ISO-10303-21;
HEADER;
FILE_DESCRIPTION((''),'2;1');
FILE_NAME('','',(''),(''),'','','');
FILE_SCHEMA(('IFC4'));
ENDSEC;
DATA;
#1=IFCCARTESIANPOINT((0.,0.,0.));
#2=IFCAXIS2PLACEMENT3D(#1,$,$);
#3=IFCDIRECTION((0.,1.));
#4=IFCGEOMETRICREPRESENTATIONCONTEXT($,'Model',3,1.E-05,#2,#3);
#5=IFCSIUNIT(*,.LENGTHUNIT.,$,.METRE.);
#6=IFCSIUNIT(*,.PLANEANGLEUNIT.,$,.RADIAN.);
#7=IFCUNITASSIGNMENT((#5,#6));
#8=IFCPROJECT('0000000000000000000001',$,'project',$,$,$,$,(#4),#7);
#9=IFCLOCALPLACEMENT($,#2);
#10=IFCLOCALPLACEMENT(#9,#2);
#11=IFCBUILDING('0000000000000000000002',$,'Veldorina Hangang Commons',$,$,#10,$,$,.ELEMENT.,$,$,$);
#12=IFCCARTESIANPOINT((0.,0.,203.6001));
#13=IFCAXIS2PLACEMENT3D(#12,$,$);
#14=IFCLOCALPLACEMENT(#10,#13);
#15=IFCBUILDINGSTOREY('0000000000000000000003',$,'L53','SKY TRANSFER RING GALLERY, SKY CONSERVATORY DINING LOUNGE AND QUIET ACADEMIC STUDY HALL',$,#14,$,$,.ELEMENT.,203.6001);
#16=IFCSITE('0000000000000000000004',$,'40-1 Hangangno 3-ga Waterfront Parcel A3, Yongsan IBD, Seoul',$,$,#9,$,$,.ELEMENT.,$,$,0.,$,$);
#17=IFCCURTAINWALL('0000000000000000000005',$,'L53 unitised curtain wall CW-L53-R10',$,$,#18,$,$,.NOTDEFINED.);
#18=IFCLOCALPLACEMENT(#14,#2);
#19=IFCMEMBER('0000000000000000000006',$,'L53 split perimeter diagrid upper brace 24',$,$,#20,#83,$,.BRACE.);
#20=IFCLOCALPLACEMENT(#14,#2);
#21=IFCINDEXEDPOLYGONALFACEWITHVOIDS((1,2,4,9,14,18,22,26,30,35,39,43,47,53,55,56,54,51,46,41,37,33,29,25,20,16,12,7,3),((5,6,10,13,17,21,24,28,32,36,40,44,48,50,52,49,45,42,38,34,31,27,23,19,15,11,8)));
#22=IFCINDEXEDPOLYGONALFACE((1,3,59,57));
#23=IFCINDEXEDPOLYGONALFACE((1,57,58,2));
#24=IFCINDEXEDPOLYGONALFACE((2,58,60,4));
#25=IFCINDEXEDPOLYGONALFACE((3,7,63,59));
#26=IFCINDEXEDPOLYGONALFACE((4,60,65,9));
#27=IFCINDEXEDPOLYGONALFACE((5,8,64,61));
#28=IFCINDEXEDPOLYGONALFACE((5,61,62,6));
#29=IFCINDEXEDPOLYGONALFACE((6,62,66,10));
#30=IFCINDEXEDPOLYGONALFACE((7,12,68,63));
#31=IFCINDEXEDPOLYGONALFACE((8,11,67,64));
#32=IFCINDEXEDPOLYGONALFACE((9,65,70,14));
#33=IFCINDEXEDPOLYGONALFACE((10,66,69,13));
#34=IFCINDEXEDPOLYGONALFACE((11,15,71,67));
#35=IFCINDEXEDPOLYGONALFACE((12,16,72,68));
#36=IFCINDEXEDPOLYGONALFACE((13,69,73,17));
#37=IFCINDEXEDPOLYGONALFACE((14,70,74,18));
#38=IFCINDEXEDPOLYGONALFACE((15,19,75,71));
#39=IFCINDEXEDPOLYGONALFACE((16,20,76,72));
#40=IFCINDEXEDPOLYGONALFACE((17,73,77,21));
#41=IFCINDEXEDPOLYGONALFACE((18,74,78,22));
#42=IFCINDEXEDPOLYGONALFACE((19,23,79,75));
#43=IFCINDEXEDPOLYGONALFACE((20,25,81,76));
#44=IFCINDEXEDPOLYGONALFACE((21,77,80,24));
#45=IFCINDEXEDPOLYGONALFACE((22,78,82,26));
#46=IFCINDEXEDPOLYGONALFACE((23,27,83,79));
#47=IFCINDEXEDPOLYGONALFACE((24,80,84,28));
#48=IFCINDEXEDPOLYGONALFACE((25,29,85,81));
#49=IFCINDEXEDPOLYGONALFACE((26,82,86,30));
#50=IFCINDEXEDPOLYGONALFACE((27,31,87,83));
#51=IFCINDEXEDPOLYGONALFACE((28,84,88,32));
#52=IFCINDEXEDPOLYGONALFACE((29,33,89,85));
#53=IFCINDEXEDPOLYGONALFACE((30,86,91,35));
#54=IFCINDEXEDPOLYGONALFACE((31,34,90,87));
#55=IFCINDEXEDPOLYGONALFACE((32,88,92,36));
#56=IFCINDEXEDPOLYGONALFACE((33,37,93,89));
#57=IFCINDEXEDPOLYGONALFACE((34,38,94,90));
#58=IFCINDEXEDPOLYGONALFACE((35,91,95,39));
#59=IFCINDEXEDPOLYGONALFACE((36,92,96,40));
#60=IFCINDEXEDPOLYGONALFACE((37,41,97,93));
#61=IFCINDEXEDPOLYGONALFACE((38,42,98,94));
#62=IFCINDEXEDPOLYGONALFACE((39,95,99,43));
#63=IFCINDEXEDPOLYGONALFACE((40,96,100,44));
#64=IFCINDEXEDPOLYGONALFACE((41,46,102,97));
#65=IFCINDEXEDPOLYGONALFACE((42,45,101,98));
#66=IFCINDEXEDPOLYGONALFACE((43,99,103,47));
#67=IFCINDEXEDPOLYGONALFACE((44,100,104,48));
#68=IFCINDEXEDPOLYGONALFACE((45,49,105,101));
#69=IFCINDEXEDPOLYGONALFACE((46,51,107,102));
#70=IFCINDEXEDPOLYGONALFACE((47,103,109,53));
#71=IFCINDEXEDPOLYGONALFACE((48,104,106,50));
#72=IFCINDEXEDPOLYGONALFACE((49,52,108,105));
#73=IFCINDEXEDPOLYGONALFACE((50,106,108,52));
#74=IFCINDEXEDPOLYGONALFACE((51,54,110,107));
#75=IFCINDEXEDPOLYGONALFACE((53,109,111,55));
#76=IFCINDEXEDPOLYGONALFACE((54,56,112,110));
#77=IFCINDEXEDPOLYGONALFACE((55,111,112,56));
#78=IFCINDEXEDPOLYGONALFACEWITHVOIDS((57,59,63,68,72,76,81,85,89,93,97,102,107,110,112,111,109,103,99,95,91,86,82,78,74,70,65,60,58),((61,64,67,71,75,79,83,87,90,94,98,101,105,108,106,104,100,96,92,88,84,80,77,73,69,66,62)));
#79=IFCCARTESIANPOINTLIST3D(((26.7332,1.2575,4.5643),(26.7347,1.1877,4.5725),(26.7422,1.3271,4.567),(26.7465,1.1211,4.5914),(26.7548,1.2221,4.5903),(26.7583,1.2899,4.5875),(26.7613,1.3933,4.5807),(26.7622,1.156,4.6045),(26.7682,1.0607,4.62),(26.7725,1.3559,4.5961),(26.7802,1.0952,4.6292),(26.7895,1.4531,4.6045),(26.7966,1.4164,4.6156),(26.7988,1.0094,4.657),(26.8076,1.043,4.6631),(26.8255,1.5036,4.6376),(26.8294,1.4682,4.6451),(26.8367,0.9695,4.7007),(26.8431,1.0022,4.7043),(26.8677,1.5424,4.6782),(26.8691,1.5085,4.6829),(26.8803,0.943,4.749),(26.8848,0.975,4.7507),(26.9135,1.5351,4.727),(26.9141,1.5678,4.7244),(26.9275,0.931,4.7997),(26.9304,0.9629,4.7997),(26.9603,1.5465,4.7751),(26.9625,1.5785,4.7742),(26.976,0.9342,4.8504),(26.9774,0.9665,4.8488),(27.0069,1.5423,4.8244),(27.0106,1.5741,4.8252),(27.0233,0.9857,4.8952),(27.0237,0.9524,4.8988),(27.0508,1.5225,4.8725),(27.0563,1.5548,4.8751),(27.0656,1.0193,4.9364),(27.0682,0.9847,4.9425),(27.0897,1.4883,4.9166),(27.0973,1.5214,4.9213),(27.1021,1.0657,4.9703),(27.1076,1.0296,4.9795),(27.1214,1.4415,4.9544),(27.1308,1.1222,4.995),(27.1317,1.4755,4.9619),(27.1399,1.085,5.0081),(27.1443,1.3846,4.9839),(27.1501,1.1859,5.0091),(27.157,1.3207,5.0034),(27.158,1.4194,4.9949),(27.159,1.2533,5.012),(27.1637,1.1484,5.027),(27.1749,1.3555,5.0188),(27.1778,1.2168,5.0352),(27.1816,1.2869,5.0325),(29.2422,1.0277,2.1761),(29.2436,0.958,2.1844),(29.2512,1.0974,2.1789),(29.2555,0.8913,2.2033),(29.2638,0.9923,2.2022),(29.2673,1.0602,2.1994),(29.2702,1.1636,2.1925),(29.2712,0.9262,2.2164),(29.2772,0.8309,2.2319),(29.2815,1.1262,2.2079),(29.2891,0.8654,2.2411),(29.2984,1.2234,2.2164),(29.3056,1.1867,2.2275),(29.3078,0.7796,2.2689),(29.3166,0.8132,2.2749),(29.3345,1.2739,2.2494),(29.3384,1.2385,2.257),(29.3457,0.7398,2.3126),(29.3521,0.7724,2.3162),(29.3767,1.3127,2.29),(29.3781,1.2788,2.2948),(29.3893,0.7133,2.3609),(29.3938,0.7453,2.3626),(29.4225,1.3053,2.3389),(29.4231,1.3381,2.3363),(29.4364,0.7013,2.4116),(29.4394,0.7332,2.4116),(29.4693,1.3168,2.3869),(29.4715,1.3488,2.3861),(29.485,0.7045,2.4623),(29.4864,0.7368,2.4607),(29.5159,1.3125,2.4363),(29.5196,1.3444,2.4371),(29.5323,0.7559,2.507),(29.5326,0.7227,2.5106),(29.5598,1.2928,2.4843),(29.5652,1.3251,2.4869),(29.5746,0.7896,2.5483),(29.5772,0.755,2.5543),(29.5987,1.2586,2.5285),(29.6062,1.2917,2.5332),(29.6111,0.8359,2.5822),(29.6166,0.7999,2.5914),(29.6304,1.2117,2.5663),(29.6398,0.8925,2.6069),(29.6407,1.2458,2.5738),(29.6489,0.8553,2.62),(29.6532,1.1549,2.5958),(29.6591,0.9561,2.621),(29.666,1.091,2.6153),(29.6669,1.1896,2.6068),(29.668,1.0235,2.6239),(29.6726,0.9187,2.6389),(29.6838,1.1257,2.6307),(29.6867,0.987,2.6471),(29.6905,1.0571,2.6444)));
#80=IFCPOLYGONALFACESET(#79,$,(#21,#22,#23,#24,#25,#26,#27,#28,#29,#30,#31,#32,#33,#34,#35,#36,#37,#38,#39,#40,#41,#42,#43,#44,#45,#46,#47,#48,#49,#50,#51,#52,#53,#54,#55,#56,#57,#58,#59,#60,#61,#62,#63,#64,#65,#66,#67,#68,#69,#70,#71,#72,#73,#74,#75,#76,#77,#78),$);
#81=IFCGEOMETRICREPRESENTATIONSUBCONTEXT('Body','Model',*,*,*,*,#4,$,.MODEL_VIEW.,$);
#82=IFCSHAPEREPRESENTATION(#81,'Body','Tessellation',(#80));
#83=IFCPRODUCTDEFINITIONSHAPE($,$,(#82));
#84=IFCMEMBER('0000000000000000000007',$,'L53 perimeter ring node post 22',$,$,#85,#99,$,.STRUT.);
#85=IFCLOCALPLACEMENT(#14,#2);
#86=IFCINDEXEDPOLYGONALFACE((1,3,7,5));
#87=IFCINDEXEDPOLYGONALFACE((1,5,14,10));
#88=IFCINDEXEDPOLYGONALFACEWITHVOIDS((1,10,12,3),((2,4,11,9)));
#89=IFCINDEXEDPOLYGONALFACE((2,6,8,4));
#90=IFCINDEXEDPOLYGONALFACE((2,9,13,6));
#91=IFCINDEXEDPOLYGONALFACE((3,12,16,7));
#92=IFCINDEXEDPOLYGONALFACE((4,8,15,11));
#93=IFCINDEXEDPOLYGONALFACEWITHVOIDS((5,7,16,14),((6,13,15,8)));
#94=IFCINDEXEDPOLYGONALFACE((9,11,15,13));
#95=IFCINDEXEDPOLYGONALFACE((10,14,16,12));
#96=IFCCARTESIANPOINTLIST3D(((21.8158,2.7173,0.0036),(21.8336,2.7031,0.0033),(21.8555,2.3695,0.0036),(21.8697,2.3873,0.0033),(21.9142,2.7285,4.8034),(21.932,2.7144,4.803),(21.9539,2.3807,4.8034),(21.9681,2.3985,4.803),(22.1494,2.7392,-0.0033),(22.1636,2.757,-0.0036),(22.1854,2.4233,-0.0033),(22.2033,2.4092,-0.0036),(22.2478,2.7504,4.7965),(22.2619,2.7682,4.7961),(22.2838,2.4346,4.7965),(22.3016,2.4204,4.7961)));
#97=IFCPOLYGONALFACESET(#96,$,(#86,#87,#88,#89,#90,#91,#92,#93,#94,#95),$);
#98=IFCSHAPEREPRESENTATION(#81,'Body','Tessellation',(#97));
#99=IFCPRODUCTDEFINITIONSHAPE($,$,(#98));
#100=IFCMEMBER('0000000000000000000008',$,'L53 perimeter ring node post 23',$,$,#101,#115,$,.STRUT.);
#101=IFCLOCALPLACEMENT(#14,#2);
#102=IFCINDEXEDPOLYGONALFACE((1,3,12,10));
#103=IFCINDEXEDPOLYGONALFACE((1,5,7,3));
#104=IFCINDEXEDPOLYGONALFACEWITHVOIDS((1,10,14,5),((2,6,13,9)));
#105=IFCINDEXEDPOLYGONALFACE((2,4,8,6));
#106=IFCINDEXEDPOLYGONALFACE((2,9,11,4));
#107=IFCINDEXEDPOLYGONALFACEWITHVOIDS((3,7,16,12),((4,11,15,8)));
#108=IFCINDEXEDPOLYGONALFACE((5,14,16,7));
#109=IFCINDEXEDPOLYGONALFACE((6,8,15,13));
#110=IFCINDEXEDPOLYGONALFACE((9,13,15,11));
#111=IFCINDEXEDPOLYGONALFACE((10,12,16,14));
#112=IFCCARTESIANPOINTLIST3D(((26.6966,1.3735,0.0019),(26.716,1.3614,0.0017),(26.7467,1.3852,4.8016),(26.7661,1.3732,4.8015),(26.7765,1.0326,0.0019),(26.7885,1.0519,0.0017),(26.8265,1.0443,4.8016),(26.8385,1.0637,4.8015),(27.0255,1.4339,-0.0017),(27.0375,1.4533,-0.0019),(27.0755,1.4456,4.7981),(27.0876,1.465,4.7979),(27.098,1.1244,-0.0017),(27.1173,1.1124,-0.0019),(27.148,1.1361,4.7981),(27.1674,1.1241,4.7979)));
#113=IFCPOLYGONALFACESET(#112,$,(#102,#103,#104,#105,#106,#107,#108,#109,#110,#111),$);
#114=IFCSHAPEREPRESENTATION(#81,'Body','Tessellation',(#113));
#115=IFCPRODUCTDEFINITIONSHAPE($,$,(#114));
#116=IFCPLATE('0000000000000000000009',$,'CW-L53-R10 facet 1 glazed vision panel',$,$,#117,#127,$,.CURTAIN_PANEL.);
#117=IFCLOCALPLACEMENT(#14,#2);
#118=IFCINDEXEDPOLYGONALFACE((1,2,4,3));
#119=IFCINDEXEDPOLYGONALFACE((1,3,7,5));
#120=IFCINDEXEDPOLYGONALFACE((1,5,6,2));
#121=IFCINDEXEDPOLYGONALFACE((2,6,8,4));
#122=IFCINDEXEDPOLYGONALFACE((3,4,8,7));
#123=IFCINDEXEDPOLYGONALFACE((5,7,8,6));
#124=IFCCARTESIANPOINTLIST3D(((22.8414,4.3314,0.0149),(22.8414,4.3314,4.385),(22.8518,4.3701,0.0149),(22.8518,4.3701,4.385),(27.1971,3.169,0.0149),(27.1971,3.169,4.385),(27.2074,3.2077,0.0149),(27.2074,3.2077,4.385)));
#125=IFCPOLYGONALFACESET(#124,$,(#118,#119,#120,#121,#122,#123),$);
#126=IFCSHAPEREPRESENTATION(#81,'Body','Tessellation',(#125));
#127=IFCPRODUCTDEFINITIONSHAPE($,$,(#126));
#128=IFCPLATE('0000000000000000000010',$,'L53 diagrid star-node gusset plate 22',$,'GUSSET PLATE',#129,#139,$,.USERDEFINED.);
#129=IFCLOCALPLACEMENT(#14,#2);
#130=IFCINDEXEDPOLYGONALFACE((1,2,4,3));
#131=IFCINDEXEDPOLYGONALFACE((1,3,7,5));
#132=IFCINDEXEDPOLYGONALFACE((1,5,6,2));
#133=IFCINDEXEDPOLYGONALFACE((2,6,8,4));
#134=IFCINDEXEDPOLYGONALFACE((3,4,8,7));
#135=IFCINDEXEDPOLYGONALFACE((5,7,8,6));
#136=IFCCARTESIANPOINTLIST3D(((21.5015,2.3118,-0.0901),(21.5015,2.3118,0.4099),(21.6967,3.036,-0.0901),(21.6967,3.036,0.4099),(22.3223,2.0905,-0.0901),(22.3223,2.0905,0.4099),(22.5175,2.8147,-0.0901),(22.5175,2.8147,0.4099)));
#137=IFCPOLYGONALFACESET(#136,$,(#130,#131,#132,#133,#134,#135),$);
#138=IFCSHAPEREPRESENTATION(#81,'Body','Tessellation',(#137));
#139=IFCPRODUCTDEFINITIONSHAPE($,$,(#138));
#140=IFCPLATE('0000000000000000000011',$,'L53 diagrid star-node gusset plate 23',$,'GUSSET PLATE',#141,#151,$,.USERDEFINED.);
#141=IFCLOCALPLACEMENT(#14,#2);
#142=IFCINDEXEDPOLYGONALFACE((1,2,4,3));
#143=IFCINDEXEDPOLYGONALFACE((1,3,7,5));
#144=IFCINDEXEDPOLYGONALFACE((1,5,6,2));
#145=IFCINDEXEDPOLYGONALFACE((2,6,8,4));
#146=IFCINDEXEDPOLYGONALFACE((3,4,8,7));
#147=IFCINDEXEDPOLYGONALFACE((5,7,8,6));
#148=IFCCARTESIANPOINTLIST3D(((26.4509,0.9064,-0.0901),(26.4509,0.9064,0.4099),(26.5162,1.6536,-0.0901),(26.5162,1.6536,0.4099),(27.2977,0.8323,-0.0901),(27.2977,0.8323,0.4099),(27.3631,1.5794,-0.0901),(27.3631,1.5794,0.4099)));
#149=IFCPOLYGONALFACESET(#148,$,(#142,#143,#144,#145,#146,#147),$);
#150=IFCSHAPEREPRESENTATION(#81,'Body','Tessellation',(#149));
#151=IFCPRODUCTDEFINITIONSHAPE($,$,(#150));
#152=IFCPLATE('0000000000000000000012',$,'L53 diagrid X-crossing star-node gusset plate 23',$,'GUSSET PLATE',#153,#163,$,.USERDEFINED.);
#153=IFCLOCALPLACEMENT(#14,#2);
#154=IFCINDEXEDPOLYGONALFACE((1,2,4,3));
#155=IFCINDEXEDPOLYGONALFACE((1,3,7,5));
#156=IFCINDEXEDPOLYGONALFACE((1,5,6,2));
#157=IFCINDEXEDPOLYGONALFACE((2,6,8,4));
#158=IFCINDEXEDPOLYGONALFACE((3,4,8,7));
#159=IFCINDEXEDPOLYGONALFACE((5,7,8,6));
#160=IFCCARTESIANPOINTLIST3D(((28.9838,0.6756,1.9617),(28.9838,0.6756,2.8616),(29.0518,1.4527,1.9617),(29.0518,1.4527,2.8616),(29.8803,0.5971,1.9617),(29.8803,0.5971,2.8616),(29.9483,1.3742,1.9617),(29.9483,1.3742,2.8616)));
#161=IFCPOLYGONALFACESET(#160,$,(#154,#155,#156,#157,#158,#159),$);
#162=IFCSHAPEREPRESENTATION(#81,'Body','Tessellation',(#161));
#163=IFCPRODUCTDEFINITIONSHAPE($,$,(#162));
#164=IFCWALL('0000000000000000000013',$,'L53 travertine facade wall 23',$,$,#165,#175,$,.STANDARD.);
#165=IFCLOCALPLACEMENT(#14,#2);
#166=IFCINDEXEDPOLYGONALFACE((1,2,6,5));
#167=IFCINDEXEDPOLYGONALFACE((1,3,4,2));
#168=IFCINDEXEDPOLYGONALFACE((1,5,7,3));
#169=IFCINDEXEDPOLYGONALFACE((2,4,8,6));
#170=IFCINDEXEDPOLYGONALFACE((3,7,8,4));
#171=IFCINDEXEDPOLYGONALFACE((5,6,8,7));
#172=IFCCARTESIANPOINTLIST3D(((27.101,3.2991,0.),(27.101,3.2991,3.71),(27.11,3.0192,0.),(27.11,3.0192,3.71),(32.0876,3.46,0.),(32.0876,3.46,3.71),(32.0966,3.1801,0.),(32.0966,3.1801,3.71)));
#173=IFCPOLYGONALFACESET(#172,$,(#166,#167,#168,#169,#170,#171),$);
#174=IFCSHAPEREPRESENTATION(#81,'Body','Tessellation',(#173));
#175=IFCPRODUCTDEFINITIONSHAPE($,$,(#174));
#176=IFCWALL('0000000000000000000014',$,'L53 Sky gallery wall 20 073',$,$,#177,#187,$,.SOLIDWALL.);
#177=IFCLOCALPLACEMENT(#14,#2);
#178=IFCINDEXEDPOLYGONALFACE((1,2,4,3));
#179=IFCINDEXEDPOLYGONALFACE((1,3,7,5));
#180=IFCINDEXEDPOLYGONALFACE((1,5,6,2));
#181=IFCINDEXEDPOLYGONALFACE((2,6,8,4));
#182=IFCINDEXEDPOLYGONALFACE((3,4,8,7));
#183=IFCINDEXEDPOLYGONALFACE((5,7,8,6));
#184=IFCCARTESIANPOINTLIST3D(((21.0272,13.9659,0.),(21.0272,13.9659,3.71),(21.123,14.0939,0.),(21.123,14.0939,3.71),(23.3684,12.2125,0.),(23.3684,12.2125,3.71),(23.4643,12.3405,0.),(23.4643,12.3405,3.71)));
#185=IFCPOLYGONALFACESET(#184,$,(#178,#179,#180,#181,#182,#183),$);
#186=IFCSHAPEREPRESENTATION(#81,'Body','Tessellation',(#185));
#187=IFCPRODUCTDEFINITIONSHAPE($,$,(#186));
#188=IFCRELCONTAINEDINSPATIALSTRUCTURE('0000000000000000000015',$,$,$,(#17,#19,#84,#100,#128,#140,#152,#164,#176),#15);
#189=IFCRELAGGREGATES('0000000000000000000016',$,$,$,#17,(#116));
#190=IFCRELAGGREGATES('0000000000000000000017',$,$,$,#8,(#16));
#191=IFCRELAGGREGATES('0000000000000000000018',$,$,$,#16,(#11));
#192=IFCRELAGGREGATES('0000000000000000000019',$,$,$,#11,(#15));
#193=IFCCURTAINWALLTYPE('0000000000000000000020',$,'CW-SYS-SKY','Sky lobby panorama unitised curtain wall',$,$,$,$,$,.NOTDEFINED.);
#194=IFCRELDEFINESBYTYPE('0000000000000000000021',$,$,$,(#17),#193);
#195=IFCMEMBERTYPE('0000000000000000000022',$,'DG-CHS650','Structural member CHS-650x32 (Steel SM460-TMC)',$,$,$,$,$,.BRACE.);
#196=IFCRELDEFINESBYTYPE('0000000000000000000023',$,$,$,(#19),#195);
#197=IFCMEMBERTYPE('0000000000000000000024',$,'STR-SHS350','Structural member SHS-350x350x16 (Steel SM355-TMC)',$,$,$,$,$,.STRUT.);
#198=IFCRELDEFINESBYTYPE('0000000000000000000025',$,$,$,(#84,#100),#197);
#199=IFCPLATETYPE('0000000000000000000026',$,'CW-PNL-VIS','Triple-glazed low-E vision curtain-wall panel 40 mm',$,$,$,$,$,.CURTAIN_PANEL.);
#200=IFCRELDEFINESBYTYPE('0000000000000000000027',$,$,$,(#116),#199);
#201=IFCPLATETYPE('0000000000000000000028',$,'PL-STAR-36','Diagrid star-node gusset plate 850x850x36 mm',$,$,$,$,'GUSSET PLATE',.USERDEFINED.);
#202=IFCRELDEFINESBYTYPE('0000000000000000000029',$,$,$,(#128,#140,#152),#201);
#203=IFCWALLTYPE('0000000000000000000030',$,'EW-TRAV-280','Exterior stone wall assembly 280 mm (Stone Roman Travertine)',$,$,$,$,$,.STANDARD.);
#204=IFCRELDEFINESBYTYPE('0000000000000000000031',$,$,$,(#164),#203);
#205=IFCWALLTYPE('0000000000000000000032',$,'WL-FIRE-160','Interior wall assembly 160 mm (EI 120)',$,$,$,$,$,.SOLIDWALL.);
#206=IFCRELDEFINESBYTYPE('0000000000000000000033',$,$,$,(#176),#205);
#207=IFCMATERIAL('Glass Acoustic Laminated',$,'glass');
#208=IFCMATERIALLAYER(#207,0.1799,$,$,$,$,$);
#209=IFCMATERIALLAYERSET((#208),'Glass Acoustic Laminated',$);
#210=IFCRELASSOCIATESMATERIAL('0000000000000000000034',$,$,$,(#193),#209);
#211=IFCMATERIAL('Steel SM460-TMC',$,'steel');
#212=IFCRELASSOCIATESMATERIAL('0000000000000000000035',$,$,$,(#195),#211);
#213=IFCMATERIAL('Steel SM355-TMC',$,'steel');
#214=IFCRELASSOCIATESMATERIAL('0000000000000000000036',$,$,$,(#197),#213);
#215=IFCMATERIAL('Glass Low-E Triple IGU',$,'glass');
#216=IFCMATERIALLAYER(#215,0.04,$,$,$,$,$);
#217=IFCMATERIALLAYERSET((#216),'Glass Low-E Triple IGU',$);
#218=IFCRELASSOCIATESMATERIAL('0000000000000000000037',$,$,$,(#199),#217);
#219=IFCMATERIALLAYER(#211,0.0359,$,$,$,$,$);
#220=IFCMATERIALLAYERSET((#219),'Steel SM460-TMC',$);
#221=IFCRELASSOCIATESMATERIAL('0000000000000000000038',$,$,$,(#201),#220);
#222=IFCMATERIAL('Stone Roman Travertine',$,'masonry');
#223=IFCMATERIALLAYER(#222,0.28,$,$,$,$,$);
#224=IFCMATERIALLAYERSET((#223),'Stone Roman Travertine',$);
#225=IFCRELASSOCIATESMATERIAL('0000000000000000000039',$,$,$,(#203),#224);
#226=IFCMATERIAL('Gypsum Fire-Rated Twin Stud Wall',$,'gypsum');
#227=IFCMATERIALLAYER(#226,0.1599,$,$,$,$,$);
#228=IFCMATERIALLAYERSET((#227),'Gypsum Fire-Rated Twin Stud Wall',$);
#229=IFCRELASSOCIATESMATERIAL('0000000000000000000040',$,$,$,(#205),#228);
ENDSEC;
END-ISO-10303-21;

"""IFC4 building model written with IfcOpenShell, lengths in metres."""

from ifc_helpers import new_model, si_unit, direction, frame, frame_2d, origin, origin_2d, place, context, subcontext, project, spatial, rectangle, hollow_rectangle, hollow_circle, extrude, material, layer, layer_set, material_profile, profile_set, type_object, element, aggregate, save


model = new_model("IFC4")

# Units and contexts
model_context = context("Model", 3, precision=1e-05, world=origin(), true_north=direction((0.0, 1.0)))
body_context = subcontext(model_context, "Body", "Model", "MODEL_VIEW")
ifc_project = project(units=[si_unit("LENGTHUNIT", "METRE"), si_unit("PLANEANGLEUNIT", "RADIAN")], contexts=[model_context])

# Site, building, storey
site_placement = place(None, origin())
site = spatial("IfcSite", under=ifc_project, at=site_placement, Name="40-1 Hangangno 3-ga Waterfront Parcel A3, Yongsan IBD, Seoul", CompositionType="ELEMENT", RefElevation=0.0)
building_placement = place(site_placement, origin())
building = spatial("IfcBuilding", under=site, at=building_placement, Name="Veldorina Hangang Commons", CompositionType="ELEMENT")
storey_placement = place(building_placement, frame((0.0, 0.0, 203.6001)))
storey = spatial("IfcBuildingStorey", under=building, at=storey_placement, Name="L53", Description="SKY TRANSFER RING GALLERY, SKY CONSERVATORY DINING LOUNGE AND QUIET ACADEMIC STUDY HALL", CompositionType="ELEMENT", Elevation=203.6001)

# Curtain wall
ifc_material_1 = material(Name="Glass Acoustic Laminated", Category="glass")
ifc_layer_1 = layer(ifc_material_1, 0.1799)
ifc_layer_set_1 = layer_set([ifc_layer_1], Name="Glass Acoustic Laminated")
curtain_wall_type = type_object("IfcCurtainWallType", Name="CW-SYS-SKY", Description="Sky lobby panorama unitised curtain wall", PredefinedType="NOTDEFINED", material=ifc_layer_set_1)
curtain_wall_placement = place(storey_placement, origin())
curtain_wall = element("IfcCurtainWall", 1, at=curtain_wall_placement, inside=storey, type_object=curtain_wall_type, Name="L53 unitised curtain wall CW-L53-R10", PredefinedType="NOTDEFINED")

# Members
ifc_material_2 = material(Name="Steel SM460-TMC", Category="steel")
ifc_material_profile_1 = material_profile(ifc_material_2, hollow_circle(Radius=0.325, WallThickness=0.032, at=origin_2d()), Name="CHS-650x32")
ifc_profile_set_1 = profile_set([ifc_material_profile_1], Name="Steel SM460-TMC")
member_type_1 = type_object("IfcMemberType", Name="DG-CHS650", Description="Structural member CHS-650x32 (Steel SM460-TMC)", PredefinedType="BRACE", material=ifc_profile_set_1)
member_1_placement = place(storey_placement, frame((29.4661, 1.0249, 2.4116), z_axis=(-0.722748, 0.066177, 0.687936), x_axis=(-0.091182, -0.995834, 0.0)))
element("IfcMember", 2, at=member_1_placement, inside=storey, type_object=member_type_1, Name="L53 split perimeter diagrid upper brace 24", PredefinedType="BRACE", context=body_context, shape_type="SweptSolid", body=[
    extrude(hollow_circle(Radius=0.325, WallThickness=0.032, at=origin_2d()), origin(), (0.0, 0.0, 1.0), 3.4714),
])
ifc_material_3 = material(Name="Steel SM355-TMC", Category="steel")
ifc_material_profile_2 = material_profile(ifc_material_3, hollow_rectangle(XDim=0.3501, YDim=0.3501, WallThickness=0.0161, at=origin_2d()), Name="SHS-350x350x16")
ifc_profile_set_2 = profile_set([ifc_material_profile_2], Name="Steel SM355-TMC")
member_type_2 = type_object("IfcMemberType", Name="STR-SHS350", Description="Structural member SHS-350x350x16 (Steel SM355-TMC)", PredefinedType="STRUT", material=ifc_profile_set_2)
member_2_placement = place(storey_placement, frame((22.0095, 2.5632, 0.0), z_axis=(0.020494, 0.002339, 0.999787), x_axis=(-0.113408, 0.993549, 0.0)))
element("IfcMember", 3, at=member_2_placement, inside=storey, type_object=member_type_2, Name="L53 perimeter ring node post 22", PredefinedType="STRUT", context=body_context, shape_type="SweptSolid", body=[
    extrude(hollow_rectangle(XDim=0.3501, YDim=0.3501, WallThickness=0.0161, at=origin_2d()), origin(), (0.0, 0.0, 1.0), 4.8008),
])
member_3_placement = place(storey_placement, frame((26.907, 1.2429, 0.0), z_axis=(0.010427, 0.002441, 0.999943), x_axis=(-0.22798, 0.973666, 0.0)))
element("IfcMember", 4, at=member_3_placement, inside=storey, type_object=member_type_2, Name="L53 perimeter ring node post 23", PredefinedType="STRUT", context=body_context, shape_type="SweptSolid", body=[
    extrude(hollow_rectangle(XDim=0.3501, YDim=0.3501, WallThickness=0.0161, at=origin_2d()), origin(), (0.0, 0.0, 1.0), 4.8),
])

# Plate
ifc_material_4 = material(Name="Glass Low-E Triple IGU", Category="glass")
ifc_layer_2 = layer(ifc_material_4, 0.04)
ifc_layer_set_2 = layer_set([ifc_layer_2], Name="Glass Low-E Triple IGU")
plate_type_1 = type_object("IfcPlateType", Name="CW-PNL-VIS", Description="Triple-glazed low-E vision curtain-wall panel 40 mm", PredefinedType="CURTAIN_PANEL", material=ifc_layer_set_2)
plate_1_placement = place(storey_placement, frame((25.0244, 3.7695, 0.0149), z_axis=(0.0, 0.0, 1.0), x_axis=(0.966187, -0.257841, 0.0)))
plate_1 = element("IfcPlate", 5, at=plate_1_placement, type_object=plate_type_1, Name="CW-L53-R10 facet 1 glazed vision panel", PredefinedType="CURTAIN_PANEL", context=body_context, shape_type="SweptSolid", body=[
    extrude(rectangle(XDim=4.5081, YDim=0.04, at=origin_2d()), origin(), (0.0, 0.0, 1.0), 4.3701),
])
aggregate(curtain_wall, [plate_1])

# Plates
ifc_layer_3 = layer(ifc_material_2, 0.0359)
ifc_layer_set_3 = layer_set([ifc_layer_3], Name="Steel SM460-TMC")
plate_type_2 = type_object("IfcPlateType", Name="PL-STAR-36", Description="Diagrid star-node gusset plate 850x850x36 mm", ElementType="GUSSET PLATE", PredefinedType="USERDEFINED", material=ifc_layer_set_3)
for number, where, z_axis, x_axis, name in (
    (6, (22.0095, 2.5632, -0.0901), (0.0, 0.0, 1.0), (0.965523, -0.260319, 0.0), "L53 diagrid star-node gusset plate 22"),
    (7, (26.907, 1.2429, -0.0901), (0.0, 0.0, 1.0), (0.996192, -0.087191, 0.0), "L53 diagrid star-node gusset plate 23"),
):
    element("IfcPlate", number, at=place(storey_placement, frame(where, z_axis=z_axis, x_axis=x_axis)), inside=storey, type_object=plate_type_2, Name=name, ObjectType="GUSSET PLATE", PredefinedType="USERDEFINED", context=body_context, shape_type="SweptSolid", body=[
        extrude(rectangle(XDim=0.8501, YDim=0.75, at=origin_2d()), origin(), (0.0, 0.0, 1.0), 0.5),
    ])
plate_2_placement = place(storey_placement, frame((29.4661, 1.0249, 1.9617), z_axis=(0.0, 0.0, 1.0), x_axis=(0.996192, -0.087191, 0.0)))
element("IfcPlate", 8, at=plate_2_placement, inside=storey, type_object=plate_type_2, Name="L53 diagrid X-crossing star-node gusset plate 23", ObjectType="GUSSET PLATE", PredefinedType="USERDEFINED", context=body_context, shape_type="SweptSolid", body=[
    extrude(rectangle(XDim=0.8999, YDim=0.78, at=origin_2d()), origin(), (0.0, 0.0, 1.0), 0.8999),
])

# Walls
ifc_material_5 = material(Name="Stone Roman Travertine", Category="masonry")
ifc_layer_4 = layer(ifc_material_5, 0.28)
ifc_layer_set_4 = layer_set([ifc_layer_4], Name="Stone Roman Travertine")
wall_type_1 = type_object("IfcWallType", Name="EW-TRAV-280", Description="Exterior stone wall assembly 280 mm (Stone Roman Travertine)", PredefinedType="STANDARD", material=ifc_layer_set_4)
wall_1_placement = place(storey_placement, frame((27.1055, 3.1592, 0.0), z_axis=(0.0, 0.0, 1.0), x_axis=(0.99948, 0.032248, 0.0)))
element("IfcWall", 9, at=wall_1_placement, inside=storey, type_object=wall_type_1, Name="L53 travertine facade wall 23", PredefinedType="STANDARD", context=body_context, shape_type="SweptSolid", body=[
    extrude(rectangle(XDim=4.9893, YDim=0.28, at=frame_2d((2.4946, 0.0))), origin(), (0.0, 0.0, 1.0), 3.71),
])
ifc_material_6 = material(Name="Gypsum Fire-Rated Twin Stud Wall", Category="gypsum")
ifc_layer_5 = layer(ifc_material_6, 0.1599)
ifc_layer_set_5 = layer_set([ifc_layer_5], Name="Gypsum Fire-Rated Twin Stud Wall")
wall_type_2 = type_object("IfcWallType", Name="WL-FIRE-160", Description="Interior wall assembly 160 mm (EI 120)", PredefinedType="SOLIDWALL", material=ifc_layer_set_5)
wall_2_placement = place(storey_placement, frame((21.0752, 14.0298, 0.0), z_axis=(0.0, 0.0, 1.0), x_axis=(0.80042, -0.599439, 0.0)))
element("IfcWall", 10, at=wall_2_placement, inside=storey, type_object=wall_type_2, Name="L53 Sky gallery wall 20 073", PredefinedType="SOLIDWALL", context=body_context, shape_type="SweptSolid", body=[
    extrude(rectangle(XDim=2.925, YDim=0.1599, at=frame_2d((1.4624, 0.0))), origin(), (0.0, 0.0, 1.0), 3.71),
])

save(model, "model.ifc")
